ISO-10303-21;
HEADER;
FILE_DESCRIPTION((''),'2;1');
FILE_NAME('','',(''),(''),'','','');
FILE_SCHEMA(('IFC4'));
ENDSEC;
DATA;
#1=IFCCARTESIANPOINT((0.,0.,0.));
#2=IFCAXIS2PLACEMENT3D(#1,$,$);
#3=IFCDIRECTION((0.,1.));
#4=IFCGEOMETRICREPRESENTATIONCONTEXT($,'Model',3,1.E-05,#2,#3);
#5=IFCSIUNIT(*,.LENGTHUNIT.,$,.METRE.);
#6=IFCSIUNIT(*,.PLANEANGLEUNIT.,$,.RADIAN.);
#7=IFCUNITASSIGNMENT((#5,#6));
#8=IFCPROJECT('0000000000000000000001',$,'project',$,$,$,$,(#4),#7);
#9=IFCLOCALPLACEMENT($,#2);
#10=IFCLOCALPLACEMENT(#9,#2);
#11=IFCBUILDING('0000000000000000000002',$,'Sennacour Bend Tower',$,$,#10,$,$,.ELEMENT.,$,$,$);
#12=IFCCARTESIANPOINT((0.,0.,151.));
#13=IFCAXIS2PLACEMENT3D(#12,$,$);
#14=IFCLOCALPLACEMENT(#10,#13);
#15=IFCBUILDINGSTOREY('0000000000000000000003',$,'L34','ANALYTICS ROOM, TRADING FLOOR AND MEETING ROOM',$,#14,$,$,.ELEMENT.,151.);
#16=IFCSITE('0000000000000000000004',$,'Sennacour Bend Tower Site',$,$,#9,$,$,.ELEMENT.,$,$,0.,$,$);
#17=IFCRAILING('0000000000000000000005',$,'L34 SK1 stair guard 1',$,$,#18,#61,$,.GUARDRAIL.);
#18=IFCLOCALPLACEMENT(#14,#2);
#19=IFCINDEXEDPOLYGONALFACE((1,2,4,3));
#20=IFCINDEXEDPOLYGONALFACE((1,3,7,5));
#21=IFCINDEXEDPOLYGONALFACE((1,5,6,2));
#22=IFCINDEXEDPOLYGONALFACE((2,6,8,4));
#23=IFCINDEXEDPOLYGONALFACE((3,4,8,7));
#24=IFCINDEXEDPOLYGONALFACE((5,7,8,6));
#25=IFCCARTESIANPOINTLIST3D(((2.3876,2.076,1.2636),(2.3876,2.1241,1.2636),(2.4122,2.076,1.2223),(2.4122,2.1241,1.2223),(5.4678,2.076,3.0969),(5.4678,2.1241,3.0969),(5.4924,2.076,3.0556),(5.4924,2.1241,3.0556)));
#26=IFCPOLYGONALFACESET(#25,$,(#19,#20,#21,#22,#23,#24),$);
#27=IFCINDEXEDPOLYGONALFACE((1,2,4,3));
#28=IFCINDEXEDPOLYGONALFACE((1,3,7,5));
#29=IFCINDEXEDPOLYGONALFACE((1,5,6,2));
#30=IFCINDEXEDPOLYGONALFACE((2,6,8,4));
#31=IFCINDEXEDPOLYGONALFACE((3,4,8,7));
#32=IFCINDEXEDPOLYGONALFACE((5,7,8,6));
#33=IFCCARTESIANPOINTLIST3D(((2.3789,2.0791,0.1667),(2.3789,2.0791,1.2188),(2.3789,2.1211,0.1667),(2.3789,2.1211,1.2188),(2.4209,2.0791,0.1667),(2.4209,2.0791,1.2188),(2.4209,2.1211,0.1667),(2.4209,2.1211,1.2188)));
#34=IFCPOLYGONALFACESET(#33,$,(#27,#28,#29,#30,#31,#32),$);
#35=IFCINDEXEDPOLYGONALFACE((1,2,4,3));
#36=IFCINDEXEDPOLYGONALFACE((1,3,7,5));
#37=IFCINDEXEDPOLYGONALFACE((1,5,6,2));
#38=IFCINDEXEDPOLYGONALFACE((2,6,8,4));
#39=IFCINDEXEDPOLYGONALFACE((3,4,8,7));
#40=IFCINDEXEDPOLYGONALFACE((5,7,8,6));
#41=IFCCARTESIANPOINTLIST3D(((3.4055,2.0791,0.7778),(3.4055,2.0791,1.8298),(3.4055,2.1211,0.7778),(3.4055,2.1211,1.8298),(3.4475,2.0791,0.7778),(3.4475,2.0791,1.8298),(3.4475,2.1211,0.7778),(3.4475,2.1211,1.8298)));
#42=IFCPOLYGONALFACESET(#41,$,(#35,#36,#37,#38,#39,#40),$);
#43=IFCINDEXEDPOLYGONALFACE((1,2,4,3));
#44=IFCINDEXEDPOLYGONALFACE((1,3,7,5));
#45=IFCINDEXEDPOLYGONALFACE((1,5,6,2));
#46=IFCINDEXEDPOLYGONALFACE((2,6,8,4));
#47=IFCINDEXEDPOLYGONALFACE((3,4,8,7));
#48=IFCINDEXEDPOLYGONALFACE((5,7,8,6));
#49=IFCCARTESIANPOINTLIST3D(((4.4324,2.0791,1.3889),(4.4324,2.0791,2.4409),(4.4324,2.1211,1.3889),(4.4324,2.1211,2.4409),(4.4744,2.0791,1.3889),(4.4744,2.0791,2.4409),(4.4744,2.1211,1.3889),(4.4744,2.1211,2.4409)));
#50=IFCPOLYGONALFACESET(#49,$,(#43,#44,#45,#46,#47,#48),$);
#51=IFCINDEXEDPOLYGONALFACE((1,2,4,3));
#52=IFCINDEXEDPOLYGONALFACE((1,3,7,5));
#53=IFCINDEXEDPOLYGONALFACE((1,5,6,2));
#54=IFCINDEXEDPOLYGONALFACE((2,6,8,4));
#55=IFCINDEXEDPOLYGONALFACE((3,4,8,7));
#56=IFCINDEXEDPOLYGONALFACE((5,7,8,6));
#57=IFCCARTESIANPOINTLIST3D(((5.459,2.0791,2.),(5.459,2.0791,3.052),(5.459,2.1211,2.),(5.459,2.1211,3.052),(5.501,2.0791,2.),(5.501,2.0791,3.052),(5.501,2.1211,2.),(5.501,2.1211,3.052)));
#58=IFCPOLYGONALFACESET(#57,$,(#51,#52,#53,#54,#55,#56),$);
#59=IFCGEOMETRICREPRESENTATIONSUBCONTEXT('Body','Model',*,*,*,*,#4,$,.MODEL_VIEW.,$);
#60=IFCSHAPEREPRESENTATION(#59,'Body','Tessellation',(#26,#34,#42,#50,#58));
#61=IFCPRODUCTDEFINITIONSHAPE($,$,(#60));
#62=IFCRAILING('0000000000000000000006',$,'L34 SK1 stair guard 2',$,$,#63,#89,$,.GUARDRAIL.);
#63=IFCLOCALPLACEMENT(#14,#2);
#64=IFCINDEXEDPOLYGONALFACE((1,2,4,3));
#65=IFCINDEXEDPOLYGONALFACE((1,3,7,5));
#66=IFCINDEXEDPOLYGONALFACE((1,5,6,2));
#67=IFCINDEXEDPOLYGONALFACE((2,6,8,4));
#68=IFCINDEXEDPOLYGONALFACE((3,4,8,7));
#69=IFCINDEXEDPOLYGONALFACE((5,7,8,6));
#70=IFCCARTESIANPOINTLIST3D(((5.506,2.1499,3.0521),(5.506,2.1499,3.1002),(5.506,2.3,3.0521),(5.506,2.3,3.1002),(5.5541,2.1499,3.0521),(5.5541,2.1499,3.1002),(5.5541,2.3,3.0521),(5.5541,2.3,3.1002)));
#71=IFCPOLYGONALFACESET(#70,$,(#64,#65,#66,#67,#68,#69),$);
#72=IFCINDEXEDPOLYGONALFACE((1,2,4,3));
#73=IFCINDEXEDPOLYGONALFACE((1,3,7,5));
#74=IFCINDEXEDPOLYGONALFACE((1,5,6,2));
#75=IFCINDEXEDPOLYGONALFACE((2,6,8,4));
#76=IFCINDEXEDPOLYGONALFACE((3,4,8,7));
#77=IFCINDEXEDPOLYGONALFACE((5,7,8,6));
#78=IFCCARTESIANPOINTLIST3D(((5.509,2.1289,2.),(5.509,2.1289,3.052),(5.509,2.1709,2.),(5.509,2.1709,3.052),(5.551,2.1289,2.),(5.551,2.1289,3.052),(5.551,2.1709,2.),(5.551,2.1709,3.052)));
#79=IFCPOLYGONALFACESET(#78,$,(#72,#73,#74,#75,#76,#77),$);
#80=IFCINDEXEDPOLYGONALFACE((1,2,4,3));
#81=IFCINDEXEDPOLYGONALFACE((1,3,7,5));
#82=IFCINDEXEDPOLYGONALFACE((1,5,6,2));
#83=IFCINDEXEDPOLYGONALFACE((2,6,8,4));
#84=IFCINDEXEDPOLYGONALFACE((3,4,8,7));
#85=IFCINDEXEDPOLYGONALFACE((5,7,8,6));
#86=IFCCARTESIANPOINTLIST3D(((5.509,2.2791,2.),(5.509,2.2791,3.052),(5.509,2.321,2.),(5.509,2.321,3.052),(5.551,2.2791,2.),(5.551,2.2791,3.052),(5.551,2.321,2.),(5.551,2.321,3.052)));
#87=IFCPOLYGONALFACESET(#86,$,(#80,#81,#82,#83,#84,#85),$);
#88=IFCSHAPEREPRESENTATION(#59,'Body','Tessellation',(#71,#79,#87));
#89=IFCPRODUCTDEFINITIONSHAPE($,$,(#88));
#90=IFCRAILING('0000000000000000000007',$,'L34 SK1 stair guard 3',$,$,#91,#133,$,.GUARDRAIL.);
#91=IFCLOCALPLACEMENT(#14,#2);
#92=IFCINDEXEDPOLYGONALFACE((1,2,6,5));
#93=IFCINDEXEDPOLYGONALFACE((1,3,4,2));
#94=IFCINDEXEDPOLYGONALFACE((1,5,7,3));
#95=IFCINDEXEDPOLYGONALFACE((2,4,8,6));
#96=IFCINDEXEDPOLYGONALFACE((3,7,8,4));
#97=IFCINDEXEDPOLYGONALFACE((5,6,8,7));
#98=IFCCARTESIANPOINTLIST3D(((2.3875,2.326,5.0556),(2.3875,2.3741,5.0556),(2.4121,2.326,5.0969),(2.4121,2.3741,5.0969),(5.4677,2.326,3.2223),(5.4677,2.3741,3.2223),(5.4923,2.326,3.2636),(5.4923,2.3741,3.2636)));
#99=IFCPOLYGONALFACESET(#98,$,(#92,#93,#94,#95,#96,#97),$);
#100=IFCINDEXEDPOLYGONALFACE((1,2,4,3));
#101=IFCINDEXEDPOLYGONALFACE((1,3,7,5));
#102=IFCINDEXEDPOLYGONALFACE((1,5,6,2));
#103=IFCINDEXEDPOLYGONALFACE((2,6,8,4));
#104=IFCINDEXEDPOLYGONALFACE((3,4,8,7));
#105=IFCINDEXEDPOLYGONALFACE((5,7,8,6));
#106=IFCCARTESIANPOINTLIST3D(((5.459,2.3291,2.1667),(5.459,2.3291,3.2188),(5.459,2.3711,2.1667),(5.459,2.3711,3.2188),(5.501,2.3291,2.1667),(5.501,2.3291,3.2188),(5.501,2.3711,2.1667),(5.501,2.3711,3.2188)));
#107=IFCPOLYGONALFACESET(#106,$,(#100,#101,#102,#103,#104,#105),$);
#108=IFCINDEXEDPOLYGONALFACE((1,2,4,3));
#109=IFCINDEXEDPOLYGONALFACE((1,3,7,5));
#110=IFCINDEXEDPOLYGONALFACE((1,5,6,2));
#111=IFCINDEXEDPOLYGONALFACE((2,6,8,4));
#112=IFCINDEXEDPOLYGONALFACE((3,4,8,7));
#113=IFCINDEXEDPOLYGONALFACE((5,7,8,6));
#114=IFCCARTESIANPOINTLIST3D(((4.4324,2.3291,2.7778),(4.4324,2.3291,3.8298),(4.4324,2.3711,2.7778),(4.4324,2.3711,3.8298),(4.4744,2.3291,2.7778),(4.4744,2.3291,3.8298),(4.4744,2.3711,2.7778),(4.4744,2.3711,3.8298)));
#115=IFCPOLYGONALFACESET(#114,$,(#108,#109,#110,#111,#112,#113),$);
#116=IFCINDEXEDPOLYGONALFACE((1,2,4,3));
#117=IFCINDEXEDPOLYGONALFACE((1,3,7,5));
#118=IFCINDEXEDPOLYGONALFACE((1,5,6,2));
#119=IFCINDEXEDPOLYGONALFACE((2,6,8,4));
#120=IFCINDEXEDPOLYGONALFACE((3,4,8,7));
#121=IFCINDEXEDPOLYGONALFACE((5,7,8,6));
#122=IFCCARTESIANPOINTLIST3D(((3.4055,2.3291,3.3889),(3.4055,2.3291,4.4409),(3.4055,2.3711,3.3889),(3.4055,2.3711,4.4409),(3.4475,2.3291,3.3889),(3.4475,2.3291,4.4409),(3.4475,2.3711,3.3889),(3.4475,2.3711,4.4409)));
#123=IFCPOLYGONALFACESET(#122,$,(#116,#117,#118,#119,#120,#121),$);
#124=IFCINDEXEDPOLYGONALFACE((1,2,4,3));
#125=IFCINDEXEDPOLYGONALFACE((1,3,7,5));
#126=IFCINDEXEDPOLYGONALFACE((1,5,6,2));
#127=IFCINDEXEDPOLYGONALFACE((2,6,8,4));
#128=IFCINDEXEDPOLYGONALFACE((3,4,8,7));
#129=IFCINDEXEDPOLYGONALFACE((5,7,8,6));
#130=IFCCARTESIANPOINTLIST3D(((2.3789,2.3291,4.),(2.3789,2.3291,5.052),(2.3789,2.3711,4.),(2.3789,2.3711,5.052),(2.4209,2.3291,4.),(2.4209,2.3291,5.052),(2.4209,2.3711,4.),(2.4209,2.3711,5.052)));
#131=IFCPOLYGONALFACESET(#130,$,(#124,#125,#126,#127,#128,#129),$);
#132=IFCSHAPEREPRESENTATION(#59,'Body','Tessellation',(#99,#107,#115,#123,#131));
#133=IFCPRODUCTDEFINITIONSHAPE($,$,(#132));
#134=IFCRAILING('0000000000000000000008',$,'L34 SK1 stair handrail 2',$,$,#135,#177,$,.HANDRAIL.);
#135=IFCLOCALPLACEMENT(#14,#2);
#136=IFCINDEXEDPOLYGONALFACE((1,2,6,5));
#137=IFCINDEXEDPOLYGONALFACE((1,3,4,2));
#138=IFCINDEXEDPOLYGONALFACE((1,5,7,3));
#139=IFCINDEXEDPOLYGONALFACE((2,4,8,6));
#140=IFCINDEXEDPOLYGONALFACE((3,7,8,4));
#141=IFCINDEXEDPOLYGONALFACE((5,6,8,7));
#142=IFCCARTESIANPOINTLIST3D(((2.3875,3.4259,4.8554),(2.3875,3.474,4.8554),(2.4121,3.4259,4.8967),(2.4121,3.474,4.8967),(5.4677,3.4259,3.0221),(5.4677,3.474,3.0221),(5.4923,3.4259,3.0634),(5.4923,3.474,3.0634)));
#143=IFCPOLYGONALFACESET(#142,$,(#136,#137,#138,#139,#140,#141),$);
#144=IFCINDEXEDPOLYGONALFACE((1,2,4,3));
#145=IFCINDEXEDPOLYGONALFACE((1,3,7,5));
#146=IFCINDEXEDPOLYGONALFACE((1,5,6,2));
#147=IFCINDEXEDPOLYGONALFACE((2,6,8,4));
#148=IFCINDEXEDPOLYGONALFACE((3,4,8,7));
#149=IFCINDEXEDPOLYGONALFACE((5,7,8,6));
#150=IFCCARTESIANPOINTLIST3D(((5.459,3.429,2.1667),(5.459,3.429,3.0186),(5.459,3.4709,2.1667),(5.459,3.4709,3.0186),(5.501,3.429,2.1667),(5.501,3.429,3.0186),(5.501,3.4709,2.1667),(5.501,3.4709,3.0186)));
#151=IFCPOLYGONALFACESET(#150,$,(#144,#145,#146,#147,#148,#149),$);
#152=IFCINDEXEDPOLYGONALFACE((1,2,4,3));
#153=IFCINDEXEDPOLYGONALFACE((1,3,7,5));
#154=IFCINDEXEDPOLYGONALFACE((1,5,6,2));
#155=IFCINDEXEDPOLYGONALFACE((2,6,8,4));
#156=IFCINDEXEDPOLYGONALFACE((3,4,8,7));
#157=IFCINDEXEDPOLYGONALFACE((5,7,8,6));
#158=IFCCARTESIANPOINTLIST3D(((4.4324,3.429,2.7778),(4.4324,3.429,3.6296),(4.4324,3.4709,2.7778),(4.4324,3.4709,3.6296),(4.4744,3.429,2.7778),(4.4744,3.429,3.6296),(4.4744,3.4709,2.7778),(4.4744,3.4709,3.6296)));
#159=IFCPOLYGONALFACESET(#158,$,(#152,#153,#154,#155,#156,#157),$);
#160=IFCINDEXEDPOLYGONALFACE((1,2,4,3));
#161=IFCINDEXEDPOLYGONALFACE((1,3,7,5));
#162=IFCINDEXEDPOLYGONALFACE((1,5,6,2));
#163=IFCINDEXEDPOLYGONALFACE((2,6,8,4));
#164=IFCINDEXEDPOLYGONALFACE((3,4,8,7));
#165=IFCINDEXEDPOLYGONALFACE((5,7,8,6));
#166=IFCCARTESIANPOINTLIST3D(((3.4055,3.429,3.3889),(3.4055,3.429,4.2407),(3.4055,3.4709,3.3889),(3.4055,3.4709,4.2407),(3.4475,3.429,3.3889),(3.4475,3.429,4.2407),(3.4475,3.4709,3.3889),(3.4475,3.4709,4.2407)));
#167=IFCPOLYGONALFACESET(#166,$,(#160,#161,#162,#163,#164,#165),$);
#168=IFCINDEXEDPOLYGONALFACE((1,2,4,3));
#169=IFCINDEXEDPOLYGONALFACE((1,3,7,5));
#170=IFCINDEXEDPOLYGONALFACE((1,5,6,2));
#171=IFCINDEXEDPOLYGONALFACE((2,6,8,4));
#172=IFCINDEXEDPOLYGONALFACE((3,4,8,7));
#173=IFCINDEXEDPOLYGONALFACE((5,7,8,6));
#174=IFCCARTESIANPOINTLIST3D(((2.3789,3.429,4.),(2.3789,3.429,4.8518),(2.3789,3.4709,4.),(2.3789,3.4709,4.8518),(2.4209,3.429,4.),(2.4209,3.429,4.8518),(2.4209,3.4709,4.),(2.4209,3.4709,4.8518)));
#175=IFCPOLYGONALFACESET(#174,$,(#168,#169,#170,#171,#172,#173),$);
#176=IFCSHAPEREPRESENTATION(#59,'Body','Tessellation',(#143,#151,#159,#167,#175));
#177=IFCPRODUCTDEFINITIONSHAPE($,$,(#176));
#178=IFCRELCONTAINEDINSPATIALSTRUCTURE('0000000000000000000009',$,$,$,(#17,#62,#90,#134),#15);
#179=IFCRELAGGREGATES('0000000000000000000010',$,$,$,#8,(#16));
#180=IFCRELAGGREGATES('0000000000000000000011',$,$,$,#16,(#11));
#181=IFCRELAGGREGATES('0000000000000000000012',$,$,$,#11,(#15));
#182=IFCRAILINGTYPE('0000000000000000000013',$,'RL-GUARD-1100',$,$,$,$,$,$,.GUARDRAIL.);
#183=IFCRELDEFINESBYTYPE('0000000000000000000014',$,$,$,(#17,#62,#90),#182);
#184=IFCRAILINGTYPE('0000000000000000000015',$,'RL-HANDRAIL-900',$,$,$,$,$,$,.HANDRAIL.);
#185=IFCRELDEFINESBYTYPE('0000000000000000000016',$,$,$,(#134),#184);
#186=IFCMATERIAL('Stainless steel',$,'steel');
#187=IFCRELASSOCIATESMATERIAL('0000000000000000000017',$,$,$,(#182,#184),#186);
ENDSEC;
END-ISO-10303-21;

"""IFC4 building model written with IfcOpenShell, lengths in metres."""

from ifc_helpers import new_model, si_unit, direction, frame, origin, origin_2d, place, context, subcontext, project, spatial, rectangle, extrude, material, type_object, element, save


model = new_model("IFC4")

# Units and contexts
model_context = context("Model", 3, precision=1e-05, world=origin(), true_north=direction((0.0, 1.0)))
body_context = subcontext(model_context, "Body", "Model", "MODEL_VIEW")
ifc_project = project(units=[si_unit("LENGTHUNIT", "METRE"), si_unit("PLANEANGLEUNIT", "RADIAN")], contexts=[model_context])

# Site, building, storey
site_placement = place(None, origin())
site = spatial("IfcSite", under=ifc_project, at=site_placement, Name="Sennacour Bend Tower Site", CompositionType="ELEMENT", RefElevation=0.0)
building_placement = place(site_placement, origin())
building = spatial("IfcBuilding", under=site, at=building_placement, Name="Sennacour Bend Tower", CompositionType="ELEMENT")
storey_placement = place(building_placement, frame((0.0, 0.0, 151.0)))
storey = spatial("IfcBuildingStorey", under=building, at=storey_placement, Name="L34", Description="ANALYTICS ROOM, TRADING FLOOR AND MEETING ROOM", CompositionType="ELEMENT", Elevation=151.0)

# Railings
ifc_material_1 = material(Name="Stainless steel", Category="steel")
railing_type_1 = type_object("IfcRailingType", Name="RL-GUARD-1100", PredefinedType="GUARDRAIL", material=ifc_material_1)
railing_1_placement = place(storey_placement, frame((2.3999, 2.1001, 0.1667)))
element("IfcRailing", 1, at=railing_1_placement, inside=storey, type_object=railing_type_1, Name="L34 SK1 stair guard 1", PredefinedType="GUARDRAIL", context=body_context, shape_type="SweptSolid", body=[
    extrude(rectangle(XDim=0.0481, YDim=0.0481, at=origin_2d()), frame((0.0, 0.0, 1.0762), z_axis=(0.859309, 0.0, 0.511458), x_axis=(0.0, 1.0, 0.0)), (0.0, 0.0, 1.0), 3.5845),
    extrude(rectangle(XDim=0.042, YDim=0.042, at=origin_2d()), origin(), (0.0, 0.0, 1.0), 1.052),
    extrude(rectangle(XDim=0.042, YDim=0.042, at=origin_2d()), frame((1.0266, 0.0, 0.6111)), (0.0, 0.0, 1.0), 1.052),
    extrude(rectangle(XDim=0.042, YDim=0.042, at=origin_2d()), frame((2.0535, 0.0, 1.2222)), (0.0, 0.0, 1.0), 1.052),
    extrude(rectangle(XDim=0.042, YDim=0.042, at=origin_2d()), frame((3.0801, 0.0, 1.8333)), (0.0, 0.0, 1.0), 1.052),
])
railing_2_placement = place(storey_placement, frame((5.53, 2.1499, 2.0)))
element("IfcRailing", 2, at=railing_2_placement, inside=storey, type_object=railing_type_1, Name="L34 SK1 stair guard 2", PredefinedType="GUARDRAIL", context=body_context, shape_type="SweptSolid", body=[
    extrude(rectangle(XDim=0.0481, YDim=0.0481, at=origin_2d()), frame((0.0, 0.0, 1.0762), z_axis=(0.0, 1.0, 0.0), x_axis=(-1.0, 0.0, 0.0)), (0.0, 0.0, 1.0), 0.1501),
    extrude(rectangle(XDim=0.042, YDim=0.042, at=origin_2d()), origin(), (0.0, 0.0, 1.0), 1.052),
    extrude(rectangle(XDim=0.042, YDim=0.042, at=origin_2d()), frame((0.0, 0.1501, 0.0)), (0.0, 0.0, 1.0), 1.052),
])
railing_3_placement = place(storey_placement, frame((5.48, 2.3501, 2.1667)))
element("IfcRailing", 3, at=railing_3_placement, inside=storey, type_object=railing_type_1, Name="L34 SK1 stair guard 3", PredefinedType="GUARDRAIL", context=body_context, shape_type="SweptSolid", body=[
    extrude(rectangle(XDim=0.0481, YDim=0.0481, at=origin_2d()), frame((0.0, 0.0, 1.0762), z_axis=(-0.859309, 0.0, 0.511458), x_axis=(0.0, -1.0, 0.0)), (0.0, 0.0, 1.0), 3.5845),
    extrude(rectangle(XDim=0.042, YDim=0.042, at=origin_2d()), origin(), (0.0, 0.0, 1.0), 1.052),
    extrude(rectangle(XDim=0.042, YDim=0.042, at=origin_2d()), frame((-1.0266, 0.0, 0.6111)), (0.0, 0.0, 1.0), 1.052),
    extrude(rectangle(XDim=0.042, YDim=0.042, at=origin_2d()), frame((-2.0535, 0.0, 1.2222)), (0.0, 0.0, 1.0), 1.052),
    extrude(rectangle(XDim=0.042, YDim=0.042, at=origin_2d()), frame((-3.0801, 0.0, 1.8333)), (0.0, 0.0, 1.0), 1.052),
])
railing_type_2 = type_object("IfcRailingType", Name="RL-HANDRAIL-900", PredefinedType="HANDRAIL", material=ifc_material_1)
railing_4_placement = place(storey_placement, frame((5.48, 3.45, 2.1667)))
element("IfcRailing", 4, at=railing_4_placement, inside=storey, type_object=railing_type_2, Name="L34 SK1 stair handrail 2", PredefinedType="HANDRAIL", context=body_context, shape_type="SweptSolid", body=[
    extrude(rectangle(XDim=0.0481, YDim=0.0481, at=origin_2d()), frame((0.0, 0.0, 0.876), z_axis=(-0.859309, 0.0, 0.511458), x_axis=(0.0, -1.0, 0.0)), (0.0, 0.0, 1.0), 3.5845),
    extrude(rectangle(XDim=0.042, YDim=0.042, at=origin_2d()), origin(), (0.0, 0.0, 1.0), 0.8518),
    extrude(rectangle(XDim=0.042, YDim=0.042, at=origin_2d()), frame((-1.0266, 0.0, 0.6111)), (0.0, 0.0, 1.0), 0.8518),
    extrude(rectangle(XDim=0.042, YDim=0.042, at=origin_2d()), frame((-2.0535, 0.0, 1.2222)), (0.0, 0.0, 1.0), 0.8518),
    extrude(rectangle(XDim=0.042, YDim=0.042, at=origin_2d()), frame((-3.0801, 0.0, 1.8333)), (0.0, 0.0, 1.0), 0.8518),
])

save(model, "model.ifc")
